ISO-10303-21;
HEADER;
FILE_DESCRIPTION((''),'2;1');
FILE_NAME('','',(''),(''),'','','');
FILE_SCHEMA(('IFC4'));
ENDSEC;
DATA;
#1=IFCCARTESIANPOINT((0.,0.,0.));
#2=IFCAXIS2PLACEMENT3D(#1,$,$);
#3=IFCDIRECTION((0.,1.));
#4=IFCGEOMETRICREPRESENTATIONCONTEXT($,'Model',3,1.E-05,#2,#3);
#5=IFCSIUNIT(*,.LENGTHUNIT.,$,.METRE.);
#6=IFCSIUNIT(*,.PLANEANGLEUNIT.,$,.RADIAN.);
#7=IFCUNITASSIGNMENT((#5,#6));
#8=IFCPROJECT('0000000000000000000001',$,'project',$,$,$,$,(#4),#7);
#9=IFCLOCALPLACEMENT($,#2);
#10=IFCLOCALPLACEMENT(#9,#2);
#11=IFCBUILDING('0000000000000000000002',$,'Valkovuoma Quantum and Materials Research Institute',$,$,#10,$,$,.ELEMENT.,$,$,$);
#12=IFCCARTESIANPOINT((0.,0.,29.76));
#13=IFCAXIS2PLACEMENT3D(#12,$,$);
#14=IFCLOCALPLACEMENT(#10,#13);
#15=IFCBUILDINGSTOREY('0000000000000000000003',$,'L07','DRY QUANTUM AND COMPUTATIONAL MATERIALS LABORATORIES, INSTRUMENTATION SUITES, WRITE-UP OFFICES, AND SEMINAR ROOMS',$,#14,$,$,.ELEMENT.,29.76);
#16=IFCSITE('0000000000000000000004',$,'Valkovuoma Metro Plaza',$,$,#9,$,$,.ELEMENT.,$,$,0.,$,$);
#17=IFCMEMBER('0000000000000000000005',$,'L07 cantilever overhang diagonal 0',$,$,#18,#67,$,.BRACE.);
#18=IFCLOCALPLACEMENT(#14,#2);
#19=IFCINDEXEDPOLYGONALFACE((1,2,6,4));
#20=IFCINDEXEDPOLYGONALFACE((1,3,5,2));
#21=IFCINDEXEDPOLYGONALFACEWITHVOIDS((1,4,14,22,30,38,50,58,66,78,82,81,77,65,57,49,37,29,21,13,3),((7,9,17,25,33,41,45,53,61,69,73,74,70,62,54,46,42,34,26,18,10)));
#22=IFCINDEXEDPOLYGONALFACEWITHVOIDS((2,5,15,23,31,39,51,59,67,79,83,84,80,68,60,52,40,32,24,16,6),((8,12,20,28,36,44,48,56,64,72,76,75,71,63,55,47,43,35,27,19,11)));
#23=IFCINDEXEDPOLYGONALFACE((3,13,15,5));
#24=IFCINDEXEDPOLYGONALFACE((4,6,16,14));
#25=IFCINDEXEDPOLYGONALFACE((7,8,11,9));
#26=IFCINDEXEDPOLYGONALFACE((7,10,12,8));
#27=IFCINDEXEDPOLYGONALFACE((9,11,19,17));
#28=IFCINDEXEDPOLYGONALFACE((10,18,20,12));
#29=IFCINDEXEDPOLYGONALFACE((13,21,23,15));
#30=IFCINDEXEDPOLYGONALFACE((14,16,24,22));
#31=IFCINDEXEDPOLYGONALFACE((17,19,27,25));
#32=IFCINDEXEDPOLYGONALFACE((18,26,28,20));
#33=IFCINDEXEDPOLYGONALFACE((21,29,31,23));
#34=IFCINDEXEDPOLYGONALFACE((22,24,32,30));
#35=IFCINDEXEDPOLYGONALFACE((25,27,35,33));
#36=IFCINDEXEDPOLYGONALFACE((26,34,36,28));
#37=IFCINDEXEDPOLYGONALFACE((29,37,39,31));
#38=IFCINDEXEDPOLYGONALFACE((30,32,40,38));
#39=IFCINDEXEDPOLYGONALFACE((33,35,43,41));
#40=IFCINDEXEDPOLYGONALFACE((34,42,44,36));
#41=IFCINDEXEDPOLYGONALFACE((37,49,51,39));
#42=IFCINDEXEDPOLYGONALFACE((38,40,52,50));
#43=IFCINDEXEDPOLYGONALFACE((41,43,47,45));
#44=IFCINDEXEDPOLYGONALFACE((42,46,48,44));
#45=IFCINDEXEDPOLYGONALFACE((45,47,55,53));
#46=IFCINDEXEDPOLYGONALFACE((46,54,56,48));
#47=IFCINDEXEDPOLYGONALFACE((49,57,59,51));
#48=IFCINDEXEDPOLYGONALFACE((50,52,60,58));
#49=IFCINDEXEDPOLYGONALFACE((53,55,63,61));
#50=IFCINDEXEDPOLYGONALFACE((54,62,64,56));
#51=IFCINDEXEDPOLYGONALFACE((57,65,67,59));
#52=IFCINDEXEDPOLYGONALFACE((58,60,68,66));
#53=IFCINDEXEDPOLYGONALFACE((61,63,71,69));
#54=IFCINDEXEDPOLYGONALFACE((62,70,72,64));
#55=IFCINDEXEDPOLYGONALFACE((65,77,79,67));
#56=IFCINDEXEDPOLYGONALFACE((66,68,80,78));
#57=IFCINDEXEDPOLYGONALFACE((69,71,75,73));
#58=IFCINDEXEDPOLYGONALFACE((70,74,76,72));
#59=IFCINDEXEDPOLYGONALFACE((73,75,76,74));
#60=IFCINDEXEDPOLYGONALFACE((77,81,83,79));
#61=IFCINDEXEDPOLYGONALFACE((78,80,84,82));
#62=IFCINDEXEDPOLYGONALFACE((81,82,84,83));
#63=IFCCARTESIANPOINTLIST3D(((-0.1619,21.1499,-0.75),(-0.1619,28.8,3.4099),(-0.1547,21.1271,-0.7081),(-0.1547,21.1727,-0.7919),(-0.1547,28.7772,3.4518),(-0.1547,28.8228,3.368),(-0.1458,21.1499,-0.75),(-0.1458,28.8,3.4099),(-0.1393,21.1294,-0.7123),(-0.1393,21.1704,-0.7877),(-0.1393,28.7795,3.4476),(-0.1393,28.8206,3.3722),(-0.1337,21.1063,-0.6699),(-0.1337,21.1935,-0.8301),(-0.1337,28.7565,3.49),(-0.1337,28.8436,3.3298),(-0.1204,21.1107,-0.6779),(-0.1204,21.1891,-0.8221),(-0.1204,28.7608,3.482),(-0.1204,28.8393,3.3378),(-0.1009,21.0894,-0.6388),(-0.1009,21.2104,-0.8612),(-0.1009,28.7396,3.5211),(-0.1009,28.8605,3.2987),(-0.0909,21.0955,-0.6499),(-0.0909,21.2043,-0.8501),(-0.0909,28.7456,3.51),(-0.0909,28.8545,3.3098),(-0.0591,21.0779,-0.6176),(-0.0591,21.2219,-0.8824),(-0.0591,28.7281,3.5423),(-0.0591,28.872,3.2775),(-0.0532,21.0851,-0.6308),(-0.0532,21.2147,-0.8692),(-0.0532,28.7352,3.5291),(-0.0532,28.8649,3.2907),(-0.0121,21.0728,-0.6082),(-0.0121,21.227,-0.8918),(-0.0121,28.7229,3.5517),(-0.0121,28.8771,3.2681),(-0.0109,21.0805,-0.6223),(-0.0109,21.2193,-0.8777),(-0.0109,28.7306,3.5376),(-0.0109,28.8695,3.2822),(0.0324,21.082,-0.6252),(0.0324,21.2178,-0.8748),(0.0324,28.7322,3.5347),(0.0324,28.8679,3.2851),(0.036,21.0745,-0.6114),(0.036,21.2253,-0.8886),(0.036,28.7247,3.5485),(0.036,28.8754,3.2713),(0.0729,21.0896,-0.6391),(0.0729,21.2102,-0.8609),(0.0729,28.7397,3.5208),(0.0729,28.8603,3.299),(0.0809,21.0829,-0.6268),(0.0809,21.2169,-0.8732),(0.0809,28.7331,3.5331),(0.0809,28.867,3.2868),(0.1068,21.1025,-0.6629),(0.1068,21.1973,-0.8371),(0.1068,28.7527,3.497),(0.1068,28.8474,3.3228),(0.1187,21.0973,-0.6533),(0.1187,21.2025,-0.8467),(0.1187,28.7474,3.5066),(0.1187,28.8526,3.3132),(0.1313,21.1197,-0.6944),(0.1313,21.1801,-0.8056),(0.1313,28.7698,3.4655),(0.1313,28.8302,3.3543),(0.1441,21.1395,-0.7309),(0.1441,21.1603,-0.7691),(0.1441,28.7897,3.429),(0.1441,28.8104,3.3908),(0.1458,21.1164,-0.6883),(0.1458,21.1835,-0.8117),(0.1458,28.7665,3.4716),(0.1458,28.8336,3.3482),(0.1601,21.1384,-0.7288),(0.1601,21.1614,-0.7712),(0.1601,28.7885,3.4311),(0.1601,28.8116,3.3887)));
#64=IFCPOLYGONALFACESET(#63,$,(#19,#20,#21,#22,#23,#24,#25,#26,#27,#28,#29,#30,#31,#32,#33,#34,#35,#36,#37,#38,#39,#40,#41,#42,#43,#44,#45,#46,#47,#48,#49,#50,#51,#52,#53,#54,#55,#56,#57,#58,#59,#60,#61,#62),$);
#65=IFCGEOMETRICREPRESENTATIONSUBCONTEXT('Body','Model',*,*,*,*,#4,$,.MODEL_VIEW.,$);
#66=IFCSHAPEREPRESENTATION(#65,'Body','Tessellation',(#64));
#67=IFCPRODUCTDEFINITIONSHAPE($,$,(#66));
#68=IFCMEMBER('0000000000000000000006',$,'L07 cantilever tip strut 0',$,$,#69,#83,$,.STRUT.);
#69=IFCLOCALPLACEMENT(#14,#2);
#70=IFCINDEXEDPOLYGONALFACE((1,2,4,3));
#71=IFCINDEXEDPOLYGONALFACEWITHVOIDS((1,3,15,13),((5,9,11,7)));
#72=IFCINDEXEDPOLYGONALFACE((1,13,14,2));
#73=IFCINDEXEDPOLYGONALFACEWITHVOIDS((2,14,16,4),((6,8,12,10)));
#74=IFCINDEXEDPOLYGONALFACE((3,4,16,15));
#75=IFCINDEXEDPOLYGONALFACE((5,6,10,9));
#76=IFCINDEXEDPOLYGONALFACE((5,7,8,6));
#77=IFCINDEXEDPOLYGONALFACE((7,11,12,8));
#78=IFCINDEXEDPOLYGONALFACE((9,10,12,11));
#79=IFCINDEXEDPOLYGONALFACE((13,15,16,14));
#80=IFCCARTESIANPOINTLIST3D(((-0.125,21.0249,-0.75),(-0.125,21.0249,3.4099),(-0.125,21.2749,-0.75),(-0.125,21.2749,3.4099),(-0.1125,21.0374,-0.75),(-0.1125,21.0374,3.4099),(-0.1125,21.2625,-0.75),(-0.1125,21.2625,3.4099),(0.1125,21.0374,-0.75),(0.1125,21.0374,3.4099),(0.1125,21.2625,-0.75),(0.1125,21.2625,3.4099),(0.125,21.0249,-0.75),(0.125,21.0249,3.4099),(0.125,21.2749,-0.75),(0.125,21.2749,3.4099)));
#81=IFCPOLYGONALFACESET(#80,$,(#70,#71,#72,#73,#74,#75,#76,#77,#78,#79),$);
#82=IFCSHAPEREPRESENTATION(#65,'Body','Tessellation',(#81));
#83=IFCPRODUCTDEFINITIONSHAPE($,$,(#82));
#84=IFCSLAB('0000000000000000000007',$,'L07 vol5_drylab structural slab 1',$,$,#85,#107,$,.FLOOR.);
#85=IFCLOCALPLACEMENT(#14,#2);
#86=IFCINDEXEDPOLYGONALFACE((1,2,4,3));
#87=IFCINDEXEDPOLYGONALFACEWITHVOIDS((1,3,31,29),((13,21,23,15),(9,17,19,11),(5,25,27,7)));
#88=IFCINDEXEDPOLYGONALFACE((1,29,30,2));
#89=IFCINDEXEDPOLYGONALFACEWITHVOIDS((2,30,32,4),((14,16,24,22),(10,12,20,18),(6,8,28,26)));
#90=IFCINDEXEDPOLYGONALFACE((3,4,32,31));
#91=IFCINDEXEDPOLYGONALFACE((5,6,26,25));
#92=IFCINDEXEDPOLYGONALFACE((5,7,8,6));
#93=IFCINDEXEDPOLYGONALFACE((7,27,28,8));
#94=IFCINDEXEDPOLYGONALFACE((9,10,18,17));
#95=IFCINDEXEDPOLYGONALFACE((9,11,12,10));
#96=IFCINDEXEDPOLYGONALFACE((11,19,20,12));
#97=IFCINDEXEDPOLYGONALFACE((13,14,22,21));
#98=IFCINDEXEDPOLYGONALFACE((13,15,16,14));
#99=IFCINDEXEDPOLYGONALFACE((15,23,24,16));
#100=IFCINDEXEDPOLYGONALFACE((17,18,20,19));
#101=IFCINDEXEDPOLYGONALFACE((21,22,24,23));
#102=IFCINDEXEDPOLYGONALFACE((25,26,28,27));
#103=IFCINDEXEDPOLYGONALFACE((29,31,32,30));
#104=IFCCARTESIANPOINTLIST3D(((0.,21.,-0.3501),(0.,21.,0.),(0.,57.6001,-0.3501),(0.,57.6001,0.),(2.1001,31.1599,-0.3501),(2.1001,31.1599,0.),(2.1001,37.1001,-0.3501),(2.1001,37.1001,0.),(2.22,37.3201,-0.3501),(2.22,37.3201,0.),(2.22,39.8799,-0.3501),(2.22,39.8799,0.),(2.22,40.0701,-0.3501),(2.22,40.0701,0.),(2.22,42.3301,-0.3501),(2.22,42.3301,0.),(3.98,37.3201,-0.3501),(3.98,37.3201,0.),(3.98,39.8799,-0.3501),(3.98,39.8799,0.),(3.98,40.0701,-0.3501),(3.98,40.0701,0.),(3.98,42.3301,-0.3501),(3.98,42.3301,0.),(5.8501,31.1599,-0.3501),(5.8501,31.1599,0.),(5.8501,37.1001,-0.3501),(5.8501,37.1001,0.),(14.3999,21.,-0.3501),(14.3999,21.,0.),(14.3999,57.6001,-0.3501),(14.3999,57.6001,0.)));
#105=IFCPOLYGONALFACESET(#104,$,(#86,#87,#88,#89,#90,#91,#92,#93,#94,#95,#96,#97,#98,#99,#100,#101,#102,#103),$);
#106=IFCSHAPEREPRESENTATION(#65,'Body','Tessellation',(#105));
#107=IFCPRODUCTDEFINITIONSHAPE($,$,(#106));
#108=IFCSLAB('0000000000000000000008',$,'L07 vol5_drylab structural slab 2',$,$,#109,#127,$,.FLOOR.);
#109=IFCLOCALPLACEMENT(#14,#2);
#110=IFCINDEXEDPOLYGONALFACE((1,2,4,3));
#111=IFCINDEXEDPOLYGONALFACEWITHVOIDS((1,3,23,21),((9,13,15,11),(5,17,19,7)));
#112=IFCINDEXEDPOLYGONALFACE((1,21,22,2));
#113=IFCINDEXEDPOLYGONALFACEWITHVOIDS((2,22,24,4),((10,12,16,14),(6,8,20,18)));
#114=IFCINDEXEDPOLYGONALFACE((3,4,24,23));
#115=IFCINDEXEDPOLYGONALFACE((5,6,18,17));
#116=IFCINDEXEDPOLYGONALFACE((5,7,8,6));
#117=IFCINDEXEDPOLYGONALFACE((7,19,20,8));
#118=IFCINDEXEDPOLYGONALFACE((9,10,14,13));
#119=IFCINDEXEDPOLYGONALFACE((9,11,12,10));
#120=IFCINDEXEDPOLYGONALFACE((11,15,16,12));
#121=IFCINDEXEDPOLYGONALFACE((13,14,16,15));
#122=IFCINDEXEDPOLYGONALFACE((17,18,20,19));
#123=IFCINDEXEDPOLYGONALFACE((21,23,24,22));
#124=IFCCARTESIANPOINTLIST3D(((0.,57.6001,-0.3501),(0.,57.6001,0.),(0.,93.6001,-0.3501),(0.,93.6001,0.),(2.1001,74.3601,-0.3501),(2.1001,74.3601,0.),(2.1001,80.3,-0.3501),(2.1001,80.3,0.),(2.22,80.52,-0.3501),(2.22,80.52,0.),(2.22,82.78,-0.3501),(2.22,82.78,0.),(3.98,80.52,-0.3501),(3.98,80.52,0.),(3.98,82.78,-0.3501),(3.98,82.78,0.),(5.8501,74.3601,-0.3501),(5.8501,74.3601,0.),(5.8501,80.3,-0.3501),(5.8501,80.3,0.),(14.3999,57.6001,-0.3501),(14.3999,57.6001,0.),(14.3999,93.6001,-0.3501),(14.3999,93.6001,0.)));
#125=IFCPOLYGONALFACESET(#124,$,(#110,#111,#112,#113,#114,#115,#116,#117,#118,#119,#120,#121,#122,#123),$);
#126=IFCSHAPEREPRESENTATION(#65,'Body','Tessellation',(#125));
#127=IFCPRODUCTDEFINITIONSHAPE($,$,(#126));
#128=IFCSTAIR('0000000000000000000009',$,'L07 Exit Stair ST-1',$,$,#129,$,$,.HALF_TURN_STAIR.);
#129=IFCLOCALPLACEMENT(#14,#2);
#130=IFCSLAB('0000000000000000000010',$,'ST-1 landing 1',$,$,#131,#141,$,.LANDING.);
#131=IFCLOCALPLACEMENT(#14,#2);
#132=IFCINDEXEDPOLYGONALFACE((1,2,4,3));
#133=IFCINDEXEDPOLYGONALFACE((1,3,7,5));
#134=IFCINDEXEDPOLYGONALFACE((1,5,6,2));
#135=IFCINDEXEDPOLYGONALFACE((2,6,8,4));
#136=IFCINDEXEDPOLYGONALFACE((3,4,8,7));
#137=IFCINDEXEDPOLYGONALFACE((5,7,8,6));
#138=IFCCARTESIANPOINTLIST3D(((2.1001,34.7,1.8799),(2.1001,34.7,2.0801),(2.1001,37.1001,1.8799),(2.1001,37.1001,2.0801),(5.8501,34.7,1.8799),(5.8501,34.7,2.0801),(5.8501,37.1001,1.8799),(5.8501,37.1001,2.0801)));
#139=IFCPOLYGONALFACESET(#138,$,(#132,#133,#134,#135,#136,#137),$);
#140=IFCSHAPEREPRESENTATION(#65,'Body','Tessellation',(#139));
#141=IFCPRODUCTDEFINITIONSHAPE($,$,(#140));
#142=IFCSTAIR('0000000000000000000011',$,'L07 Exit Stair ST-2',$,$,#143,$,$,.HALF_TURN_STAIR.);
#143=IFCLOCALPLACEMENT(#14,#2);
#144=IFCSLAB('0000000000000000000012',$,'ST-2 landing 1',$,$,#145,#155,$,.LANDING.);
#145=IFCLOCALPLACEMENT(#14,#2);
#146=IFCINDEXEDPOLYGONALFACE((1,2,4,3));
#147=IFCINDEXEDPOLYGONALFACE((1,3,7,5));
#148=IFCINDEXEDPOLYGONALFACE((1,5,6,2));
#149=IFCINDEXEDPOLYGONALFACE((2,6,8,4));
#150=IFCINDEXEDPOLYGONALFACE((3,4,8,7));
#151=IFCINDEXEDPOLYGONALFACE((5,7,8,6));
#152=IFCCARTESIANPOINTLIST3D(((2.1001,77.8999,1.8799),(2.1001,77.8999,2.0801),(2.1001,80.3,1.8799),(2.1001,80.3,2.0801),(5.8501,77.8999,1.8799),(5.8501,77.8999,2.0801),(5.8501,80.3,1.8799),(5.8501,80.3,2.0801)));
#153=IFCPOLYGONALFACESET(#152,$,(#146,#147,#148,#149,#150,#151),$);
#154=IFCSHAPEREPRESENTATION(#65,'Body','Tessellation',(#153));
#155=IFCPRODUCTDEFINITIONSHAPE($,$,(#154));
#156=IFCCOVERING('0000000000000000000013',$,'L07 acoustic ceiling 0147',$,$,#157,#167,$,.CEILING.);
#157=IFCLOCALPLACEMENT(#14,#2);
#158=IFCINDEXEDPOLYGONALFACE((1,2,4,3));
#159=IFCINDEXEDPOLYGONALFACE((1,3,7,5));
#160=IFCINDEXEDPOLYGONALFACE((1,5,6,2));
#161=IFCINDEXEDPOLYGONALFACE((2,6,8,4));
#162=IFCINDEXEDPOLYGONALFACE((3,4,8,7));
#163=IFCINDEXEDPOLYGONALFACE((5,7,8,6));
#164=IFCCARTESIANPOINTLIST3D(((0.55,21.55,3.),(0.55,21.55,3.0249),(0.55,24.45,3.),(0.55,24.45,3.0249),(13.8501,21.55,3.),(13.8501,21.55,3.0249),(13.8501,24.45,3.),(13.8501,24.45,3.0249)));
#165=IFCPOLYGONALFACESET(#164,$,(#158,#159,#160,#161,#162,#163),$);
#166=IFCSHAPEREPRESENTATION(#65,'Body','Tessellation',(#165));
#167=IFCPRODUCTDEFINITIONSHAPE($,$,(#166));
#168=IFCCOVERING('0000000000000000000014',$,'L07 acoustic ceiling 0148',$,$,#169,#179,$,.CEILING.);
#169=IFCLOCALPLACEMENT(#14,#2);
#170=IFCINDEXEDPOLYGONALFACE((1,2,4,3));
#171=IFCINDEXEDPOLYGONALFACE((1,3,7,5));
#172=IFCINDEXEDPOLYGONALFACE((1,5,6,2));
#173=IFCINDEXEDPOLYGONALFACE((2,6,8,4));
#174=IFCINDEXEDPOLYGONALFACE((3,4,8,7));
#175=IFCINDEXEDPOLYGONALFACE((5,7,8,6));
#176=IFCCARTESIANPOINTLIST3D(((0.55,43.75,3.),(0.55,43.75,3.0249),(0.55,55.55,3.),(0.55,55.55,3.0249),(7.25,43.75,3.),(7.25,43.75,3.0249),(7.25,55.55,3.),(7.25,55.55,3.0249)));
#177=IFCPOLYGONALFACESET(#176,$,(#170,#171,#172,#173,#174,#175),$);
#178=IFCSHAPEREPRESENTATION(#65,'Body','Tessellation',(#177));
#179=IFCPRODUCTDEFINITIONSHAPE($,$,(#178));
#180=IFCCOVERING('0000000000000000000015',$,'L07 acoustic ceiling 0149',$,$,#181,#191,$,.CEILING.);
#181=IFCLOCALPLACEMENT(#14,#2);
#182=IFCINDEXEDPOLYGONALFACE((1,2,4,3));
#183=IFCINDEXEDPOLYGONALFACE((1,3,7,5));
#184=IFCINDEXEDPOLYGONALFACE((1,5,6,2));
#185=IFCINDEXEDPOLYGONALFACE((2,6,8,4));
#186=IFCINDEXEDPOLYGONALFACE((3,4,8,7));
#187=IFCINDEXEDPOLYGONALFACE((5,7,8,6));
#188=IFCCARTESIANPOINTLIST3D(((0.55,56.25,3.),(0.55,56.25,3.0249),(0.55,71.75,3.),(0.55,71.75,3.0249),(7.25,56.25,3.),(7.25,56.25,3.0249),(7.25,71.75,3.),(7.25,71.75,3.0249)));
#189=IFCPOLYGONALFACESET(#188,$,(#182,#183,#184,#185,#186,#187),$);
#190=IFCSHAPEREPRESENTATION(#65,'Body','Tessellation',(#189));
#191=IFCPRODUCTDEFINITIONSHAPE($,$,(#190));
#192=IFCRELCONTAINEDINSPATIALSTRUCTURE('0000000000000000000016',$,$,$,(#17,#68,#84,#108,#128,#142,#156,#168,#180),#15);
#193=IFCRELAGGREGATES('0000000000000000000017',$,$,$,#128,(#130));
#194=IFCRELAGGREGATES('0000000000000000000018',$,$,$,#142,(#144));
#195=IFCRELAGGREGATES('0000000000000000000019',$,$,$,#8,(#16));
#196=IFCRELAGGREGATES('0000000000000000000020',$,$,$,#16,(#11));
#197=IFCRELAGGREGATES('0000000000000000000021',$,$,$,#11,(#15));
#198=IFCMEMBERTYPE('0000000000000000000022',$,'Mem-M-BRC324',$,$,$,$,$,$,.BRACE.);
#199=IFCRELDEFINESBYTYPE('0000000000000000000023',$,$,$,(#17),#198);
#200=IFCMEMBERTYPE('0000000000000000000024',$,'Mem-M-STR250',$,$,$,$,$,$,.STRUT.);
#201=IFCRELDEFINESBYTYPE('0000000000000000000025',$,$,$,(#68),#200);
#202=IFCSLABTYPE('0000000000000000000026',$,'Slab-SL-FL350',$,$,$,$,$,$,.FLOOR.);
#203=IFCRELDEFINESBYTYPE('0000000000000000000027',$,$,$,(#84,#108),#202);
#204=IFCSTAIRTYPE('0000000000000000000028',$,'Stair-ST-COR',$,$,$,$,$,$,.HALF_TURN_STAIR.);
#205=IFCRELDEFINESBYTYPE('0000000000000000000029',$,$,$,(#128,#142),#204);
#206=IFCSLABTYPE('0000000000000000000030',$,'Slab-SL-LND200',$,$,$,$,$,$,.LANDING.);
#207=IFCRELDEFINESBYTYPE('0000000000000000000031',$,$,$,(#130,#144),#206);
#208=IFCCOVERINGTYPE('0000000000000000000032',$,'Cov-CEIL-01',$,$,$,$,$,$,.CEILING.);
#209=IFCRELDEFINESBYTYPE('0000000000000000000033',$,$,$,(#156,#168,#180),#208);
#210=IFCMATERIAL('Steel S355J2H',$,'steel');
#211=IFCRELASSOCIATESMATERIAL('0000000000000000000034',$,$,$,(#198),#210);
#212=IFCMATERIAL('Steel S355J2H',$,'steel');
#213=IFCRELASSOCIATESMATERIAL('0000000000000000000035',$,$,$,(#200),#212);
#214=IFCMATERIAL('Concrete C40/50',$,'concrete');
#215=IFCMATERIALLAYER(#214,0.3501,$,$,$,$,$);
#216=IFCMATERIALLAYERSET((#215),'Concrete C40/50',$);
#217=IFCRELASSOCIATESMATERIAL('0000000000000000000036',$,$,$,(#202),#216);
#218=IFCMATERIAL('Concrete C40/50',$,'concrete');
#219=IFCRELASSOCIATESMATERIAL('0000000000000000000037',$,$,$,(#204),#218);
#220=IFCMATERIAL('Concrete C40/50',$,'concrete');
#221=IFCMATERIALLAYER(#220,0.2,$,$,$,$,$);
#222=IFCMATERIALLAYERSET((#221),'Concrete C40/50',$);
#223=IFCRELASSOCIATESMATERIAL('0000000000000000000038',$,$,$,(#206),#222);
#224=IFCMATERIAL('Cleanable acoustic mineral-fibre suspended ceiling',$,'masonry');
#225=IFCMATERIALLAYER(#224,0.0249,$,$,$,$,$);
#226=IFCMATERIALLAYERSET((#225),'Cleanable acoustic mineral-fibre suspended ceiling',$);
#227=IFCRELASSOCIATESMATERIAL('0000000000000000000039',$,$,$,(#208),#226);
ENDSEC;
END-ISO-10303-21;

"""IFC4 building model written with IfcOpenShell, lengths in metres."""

from ifc_helpers import new_model, si_unit, direction, frame, origin, origin_2d, place, context, subcontext, project, spatial, polyline, hollow_rectangle, hollow_circle, outline, extrude, material, layer, layer_set, material_profile, profile_set, type_object, element, aggregate, save


model = new_model("IFC4")

# Units and contexts
model_context = context("Model", 3, precision=1e-05, world=origin(), true_north=direction((0.0, 1.0)))
body_context = subcontext(model_context, "Body", "Model", "MODEL_VIEW")
ifc_project = project(units=[si_unit("LENGTHUNIT", "METRE"), si_unit("PLANEANGLEUNIT", "RADIAN")], contexts=[model_context])

# Site, building, storey
site_placement = place(None, origin())
site = spatial("IfcSite", under=ifc_project, at=site_placement, Name="Valkovuoma Metro Plaza", CompositionType="ELEMENT", RefElevation=0.0)
building_placement = place(site_placement, origin())
building = spatial("IfcBuilding", under=site, at=building_placement, Name="Valkovuoma Quantum and Materials Research Institute", CompositionType="ELEMENT")
storey_placement = place(building_placement, frame((0.0, 0.0, 29.76)))
storey = spatial("IfcBuildingStorey", under=building, at=storey_placement, Name="L07", Description="DRY QUANTUM AND COMPUTATIONAL MATERIALS LABORATORIES, INSTRUMENTATION SUITES, WRITE-UP OFFICES, AND SEMINAR ROOMS", CompositionType="ELEMENT", Elevation=29.76)

# Members
ifc_material_1 = material(Name="Steel S355J2H", Category="steel")
ifc_material_profile_1 = material_profile(ifc_material_1, hollow_circle(Radius=0.1619, WallThickness=0.0161, at=origin_2d()), Name="Steel S355J2H")
ifc_profile_set_1 = profile_set([ifc_material_profile_1], Name="Steel S355J2H")
member_type_1 = type_object("IfcMemberType", Name="Mem-M-BRC324", PredefinedType="BRACE", material=ifc_profile_set_1)
member_1_placement = place(storey_placement, frame((0.0, 21.1499, -0.75), z_axis=(0.0, 0.878517, 0.47771), x_axis=(-1.0, 0.0, 0.0)))
element("IfcMember", 1, at=member_1_placement, inside=storey, type_object=member_type_1, Name="L07 cantilever overhang diagonal 0", PredefinedType="BRACE", context=body_context, shape_type="SweptSolid", body=[
    extrude(hollow_circle(Radius=0.1619, WallThickness=0.0161, at=origin_2d()), origin(), (0.0, 0.0, 1.0), 8.708),
])
ifc_material_2 = material(Name="Steel S355J2H", Category="steel")
ifc_material_profile_2 = material_profile(ifc_material_2, hollow_rectangle(XDim=0.25, YDim=0.25, WallThickness=0.0125, at=origin_2d()), Name="Steel S355J2H")
ifc_profile_set_2 = profile_set([ifc_material_profile_2], Name="Steel S355J2H")
member_type_2 = type_object("IfcMemberType", Name="Mem-M-STR250", PredefinedType="STRUT", material=ifc_profile_set_2)
member_2_placement = place(storey_placement, frame((0.0, 21.1499, -0.75), z_axis=(0.0, 0.0, 1.0), x_axis=(1.0, 0.0, 0.0)))
element("IfcMember", 2, at=member_2_placement, inside=storey, type_object=member_type_2, Name="L07 cantilever tip strut 0", PredefinedType="STRUT", context=body_context, shape_type="SweptSolid", body=[
    extrude(hollow_rectangle(XDim=0.25, YDim=0.25, WallThickness=0.0125, at=origin_2d()), origin(), (0.0, 0.0, 1.0), 4.1599),
])

# Slabs
ifc_material_3 = material(Name="Concrete C40/50", Category="concrete")
ifc_layer_1 = layer(ifc_material_3, 0.3501)
ifc_layer_set_1 = layer_set([ifc_layer_1], Name="Concrete C40/50")
slab_type_1 = type_object("IfcSlabType", Name="Slab-SL-FL350", PredefinedType="FLOOR", material=ifc_layer_set_1)
slab_1_placement = place(storey_placement, frame((0.0, 0.0, -0.3501)))
element("IfcSlab", 3, at=slab_1_placement, inside=storey, type_object=slab_type_1, Name="L07 vol5_drylab structural slab 1", PredefinedType="FLOOR", context=body_context, shape_type="SweptSolid", body=[
    extrude(outline(polyline([(0.0, 21.0), (14.3999, 21.0), (14.3999, 57.6001), (0.0, 57.6001), (0.0, 21.0)]), holes=[polyline([(2.1001, 31.1599), (5.8501, 31.1599), (5.8501, 37.1001), (2.1001, 37.1001), (2.1001, 31.1599)]), polyline([(2.22, 37.3201), (3.98, 37.3201), (3.98, 39.8799), (2.22, 39.8799), (2.22, 37.3201)]), polyline([(2.22, 40.0701), (3.98, 40.0701), (3.98, 42.3301), (2.22, 42.3301), (2.22, 40.0701)])]), origin(), (0.0, 0.0, 1.0), 0.3501),
])
slab_2_placement = place(storey_placement, frame((0.0, 0.0, -0.3501)))
element("IfcSlab", 4, at=slab_2_placement, inside=storey, type_object=slab_type_1, Name="L07 vol5_drylab structural slab 2", PredefinedType="FLOOR", context=body_context, shape_type="SweptSolid", body=[
    extrude(outline(polyline([(0.0, 57.6001), (14.3999, 57.6001), (14.3999, 93.6001), (0.0, 93.6001), (0.0, 57.6001)]), holes=[polyline([(2.1001, 74.3601), (5.8501, 74.3601), (5.8501, 80.3), (2.1001, 80.3), (2.1001, 74.3601)]), polyline([(2.22, 80.52), (3.98, 80.52), (3.98, 82.78), (2.22, 82.78), (2.22, 80.52)])]), origin(), (0.0, 0.0, 1.0), 0.3501),
])

# Stairs, slabs
ifc_material_4 = material(Name="Concrete C40/50", Category="concrete")
stair_type = type_object("IfcStairType", Name="Stair-ST-COR", PredefinedType="HALF_TURN_STAIR", material=ifc_material_4)
stair_1_placement = place(storey_placement, origin())
stair_1 = element("IfcStair", 5, at=stair_1_placement, inside=storey, type_object=stair_type, Name="L07 Exit Stair ST-1", PredefinedType="HALF_TURN_STAIR")
ifc_material_5 = material(Name="Concrete C40/50", Category="concrete")
ifc_layer_2 = layer(ifc_material_5, 0.2)
ifc_layer_set_2 = layer_set([ifc_layer_2], Name="Concrete C40/50")
slab_type_2 = type_object("IfcSlabType", Name="Slab-SL-LND200", PredefinedType="LANDING", material=ifc_layer_set_2)
slab_3_placement = place(storey_placement, frame((0.0, 0.0, 1.8799)))
slab_3 = element("IfcSlab", 6, at=slab_3_placement, type_object=slab_type_2, Name="ST-1 landing 1", PredefinedType="LANDING", context=body_context, shape_type="SweptSolid", body=[
    extrude(outline(polyline([(5.8501, 34.7), (5.8501, 37.1001), (2.1001, 37.1001), (2.1001, 34.7), (5.8501, 34.7)])), origin(), (0.0, 0.0, 1.0), 0.2002),
])
aggregate(stair_1, [slab_3])
stair_2_placement = place(storey_placement, origin())
stair_2 = element("IfcStair", 7, at=stair_2_placement, inside=storey, type_object=stair_type, Name="L07 Exit Stair ST-2", PredefinedType="HALF_TURN_STAIR")
slab_4_placement = place(storey_placement, frame((0.0, 0.0, 1.8799)))
slab_4 = element("IfcSlab", 8, at=slab_4_placement, type_object=slab_type_2, Name="ST-2 landing 1", PredefinedType="LANDING", context=body_context, shape_type="SweptSolid", body=[
    extrude(outline(polyline([(5.8501, 77.8999), (5.8501, 80.3), (2.1001, 80.3), (2.1001, 77.8999), (5.8501, 77.8999)])), origin(), (0.0, 0.0, 1.0), 0.2002),
])
aggregate(stair_2, [slab_4])

# Coverings
ifc_material_6 = material(Name="Cleanable acoustic mineral-fibre suspended ceiling", Category="masonry")
ifc_layer_3 = layer(ifc_material_6, 0.0249)
ifc_layer_set_3 = layer_set([ifc_layer_3], Name="Cleanable acoustic mineral-fibre suspended ceiling")
covering_type_1 = type_object("IfcCoveringType", Name="Cov-CEIL-01", PredefinedType="CEILING", material=ifc_layer_set_3)
covering_1_placement = place(storey_placement, frame((0.0, 0.0, 3.0)))
element("IfcCovering", 9, at=covering_1_placement, inside=storey, type_object=covering_type_1, Name="L07 acoustic ceiling 0147", PredefinedType="CEILING", context=body_context, shape_type="SweptSolid", body=[
    extrude(outline(polyline([(0.55, 21.55), (13.8501, 21.55), (13.8501, 24.45), (0.55, 24.45), (0.55, 21.55)])), origin(), (0.0, 0.0, 1.0), 0.0249),
])
covering_2_placement = place(storey_placement, frame((0.0, 0.0, 3.0)))
element("IfcCovering", 10, at=covering_2_placement, inside=storey, type_object=covering_type_1, Name="L07 acoustic ceiling 0148", PredefinedType="CEILING", context=body_context, shape_type="SweptSolid", body=[
    extrude(outline(polyline([(0.55, 43.75), (7.25, 43.75), (7.25, 55.55), (0.55, 55.55), (0.55, 43.75)])), origin(), (0.0, 0.0, 1.0), 0.0249),
])
covering_3_placement = place(storey_placement, frame((0.0, 0.0, 3.0)))
element("IfcCovering", 11, at=covering_3_placement, inside=storey, type_object=covering_type_1, Name="L07 acoustic ceiling 0149", PredefinedType="CEILING", context=body_context, shape_type="SweptSolid", body=[
    extrude(outline(polyline([(0.55, 56.25), (7.25, 56.25), (7.25, 71.75), (0.55, 71.75), (0.55, 56.25)])), origin(), (0.0, 0.0, 1.0), 0.0249),
])

save(model, "model.ifc")
